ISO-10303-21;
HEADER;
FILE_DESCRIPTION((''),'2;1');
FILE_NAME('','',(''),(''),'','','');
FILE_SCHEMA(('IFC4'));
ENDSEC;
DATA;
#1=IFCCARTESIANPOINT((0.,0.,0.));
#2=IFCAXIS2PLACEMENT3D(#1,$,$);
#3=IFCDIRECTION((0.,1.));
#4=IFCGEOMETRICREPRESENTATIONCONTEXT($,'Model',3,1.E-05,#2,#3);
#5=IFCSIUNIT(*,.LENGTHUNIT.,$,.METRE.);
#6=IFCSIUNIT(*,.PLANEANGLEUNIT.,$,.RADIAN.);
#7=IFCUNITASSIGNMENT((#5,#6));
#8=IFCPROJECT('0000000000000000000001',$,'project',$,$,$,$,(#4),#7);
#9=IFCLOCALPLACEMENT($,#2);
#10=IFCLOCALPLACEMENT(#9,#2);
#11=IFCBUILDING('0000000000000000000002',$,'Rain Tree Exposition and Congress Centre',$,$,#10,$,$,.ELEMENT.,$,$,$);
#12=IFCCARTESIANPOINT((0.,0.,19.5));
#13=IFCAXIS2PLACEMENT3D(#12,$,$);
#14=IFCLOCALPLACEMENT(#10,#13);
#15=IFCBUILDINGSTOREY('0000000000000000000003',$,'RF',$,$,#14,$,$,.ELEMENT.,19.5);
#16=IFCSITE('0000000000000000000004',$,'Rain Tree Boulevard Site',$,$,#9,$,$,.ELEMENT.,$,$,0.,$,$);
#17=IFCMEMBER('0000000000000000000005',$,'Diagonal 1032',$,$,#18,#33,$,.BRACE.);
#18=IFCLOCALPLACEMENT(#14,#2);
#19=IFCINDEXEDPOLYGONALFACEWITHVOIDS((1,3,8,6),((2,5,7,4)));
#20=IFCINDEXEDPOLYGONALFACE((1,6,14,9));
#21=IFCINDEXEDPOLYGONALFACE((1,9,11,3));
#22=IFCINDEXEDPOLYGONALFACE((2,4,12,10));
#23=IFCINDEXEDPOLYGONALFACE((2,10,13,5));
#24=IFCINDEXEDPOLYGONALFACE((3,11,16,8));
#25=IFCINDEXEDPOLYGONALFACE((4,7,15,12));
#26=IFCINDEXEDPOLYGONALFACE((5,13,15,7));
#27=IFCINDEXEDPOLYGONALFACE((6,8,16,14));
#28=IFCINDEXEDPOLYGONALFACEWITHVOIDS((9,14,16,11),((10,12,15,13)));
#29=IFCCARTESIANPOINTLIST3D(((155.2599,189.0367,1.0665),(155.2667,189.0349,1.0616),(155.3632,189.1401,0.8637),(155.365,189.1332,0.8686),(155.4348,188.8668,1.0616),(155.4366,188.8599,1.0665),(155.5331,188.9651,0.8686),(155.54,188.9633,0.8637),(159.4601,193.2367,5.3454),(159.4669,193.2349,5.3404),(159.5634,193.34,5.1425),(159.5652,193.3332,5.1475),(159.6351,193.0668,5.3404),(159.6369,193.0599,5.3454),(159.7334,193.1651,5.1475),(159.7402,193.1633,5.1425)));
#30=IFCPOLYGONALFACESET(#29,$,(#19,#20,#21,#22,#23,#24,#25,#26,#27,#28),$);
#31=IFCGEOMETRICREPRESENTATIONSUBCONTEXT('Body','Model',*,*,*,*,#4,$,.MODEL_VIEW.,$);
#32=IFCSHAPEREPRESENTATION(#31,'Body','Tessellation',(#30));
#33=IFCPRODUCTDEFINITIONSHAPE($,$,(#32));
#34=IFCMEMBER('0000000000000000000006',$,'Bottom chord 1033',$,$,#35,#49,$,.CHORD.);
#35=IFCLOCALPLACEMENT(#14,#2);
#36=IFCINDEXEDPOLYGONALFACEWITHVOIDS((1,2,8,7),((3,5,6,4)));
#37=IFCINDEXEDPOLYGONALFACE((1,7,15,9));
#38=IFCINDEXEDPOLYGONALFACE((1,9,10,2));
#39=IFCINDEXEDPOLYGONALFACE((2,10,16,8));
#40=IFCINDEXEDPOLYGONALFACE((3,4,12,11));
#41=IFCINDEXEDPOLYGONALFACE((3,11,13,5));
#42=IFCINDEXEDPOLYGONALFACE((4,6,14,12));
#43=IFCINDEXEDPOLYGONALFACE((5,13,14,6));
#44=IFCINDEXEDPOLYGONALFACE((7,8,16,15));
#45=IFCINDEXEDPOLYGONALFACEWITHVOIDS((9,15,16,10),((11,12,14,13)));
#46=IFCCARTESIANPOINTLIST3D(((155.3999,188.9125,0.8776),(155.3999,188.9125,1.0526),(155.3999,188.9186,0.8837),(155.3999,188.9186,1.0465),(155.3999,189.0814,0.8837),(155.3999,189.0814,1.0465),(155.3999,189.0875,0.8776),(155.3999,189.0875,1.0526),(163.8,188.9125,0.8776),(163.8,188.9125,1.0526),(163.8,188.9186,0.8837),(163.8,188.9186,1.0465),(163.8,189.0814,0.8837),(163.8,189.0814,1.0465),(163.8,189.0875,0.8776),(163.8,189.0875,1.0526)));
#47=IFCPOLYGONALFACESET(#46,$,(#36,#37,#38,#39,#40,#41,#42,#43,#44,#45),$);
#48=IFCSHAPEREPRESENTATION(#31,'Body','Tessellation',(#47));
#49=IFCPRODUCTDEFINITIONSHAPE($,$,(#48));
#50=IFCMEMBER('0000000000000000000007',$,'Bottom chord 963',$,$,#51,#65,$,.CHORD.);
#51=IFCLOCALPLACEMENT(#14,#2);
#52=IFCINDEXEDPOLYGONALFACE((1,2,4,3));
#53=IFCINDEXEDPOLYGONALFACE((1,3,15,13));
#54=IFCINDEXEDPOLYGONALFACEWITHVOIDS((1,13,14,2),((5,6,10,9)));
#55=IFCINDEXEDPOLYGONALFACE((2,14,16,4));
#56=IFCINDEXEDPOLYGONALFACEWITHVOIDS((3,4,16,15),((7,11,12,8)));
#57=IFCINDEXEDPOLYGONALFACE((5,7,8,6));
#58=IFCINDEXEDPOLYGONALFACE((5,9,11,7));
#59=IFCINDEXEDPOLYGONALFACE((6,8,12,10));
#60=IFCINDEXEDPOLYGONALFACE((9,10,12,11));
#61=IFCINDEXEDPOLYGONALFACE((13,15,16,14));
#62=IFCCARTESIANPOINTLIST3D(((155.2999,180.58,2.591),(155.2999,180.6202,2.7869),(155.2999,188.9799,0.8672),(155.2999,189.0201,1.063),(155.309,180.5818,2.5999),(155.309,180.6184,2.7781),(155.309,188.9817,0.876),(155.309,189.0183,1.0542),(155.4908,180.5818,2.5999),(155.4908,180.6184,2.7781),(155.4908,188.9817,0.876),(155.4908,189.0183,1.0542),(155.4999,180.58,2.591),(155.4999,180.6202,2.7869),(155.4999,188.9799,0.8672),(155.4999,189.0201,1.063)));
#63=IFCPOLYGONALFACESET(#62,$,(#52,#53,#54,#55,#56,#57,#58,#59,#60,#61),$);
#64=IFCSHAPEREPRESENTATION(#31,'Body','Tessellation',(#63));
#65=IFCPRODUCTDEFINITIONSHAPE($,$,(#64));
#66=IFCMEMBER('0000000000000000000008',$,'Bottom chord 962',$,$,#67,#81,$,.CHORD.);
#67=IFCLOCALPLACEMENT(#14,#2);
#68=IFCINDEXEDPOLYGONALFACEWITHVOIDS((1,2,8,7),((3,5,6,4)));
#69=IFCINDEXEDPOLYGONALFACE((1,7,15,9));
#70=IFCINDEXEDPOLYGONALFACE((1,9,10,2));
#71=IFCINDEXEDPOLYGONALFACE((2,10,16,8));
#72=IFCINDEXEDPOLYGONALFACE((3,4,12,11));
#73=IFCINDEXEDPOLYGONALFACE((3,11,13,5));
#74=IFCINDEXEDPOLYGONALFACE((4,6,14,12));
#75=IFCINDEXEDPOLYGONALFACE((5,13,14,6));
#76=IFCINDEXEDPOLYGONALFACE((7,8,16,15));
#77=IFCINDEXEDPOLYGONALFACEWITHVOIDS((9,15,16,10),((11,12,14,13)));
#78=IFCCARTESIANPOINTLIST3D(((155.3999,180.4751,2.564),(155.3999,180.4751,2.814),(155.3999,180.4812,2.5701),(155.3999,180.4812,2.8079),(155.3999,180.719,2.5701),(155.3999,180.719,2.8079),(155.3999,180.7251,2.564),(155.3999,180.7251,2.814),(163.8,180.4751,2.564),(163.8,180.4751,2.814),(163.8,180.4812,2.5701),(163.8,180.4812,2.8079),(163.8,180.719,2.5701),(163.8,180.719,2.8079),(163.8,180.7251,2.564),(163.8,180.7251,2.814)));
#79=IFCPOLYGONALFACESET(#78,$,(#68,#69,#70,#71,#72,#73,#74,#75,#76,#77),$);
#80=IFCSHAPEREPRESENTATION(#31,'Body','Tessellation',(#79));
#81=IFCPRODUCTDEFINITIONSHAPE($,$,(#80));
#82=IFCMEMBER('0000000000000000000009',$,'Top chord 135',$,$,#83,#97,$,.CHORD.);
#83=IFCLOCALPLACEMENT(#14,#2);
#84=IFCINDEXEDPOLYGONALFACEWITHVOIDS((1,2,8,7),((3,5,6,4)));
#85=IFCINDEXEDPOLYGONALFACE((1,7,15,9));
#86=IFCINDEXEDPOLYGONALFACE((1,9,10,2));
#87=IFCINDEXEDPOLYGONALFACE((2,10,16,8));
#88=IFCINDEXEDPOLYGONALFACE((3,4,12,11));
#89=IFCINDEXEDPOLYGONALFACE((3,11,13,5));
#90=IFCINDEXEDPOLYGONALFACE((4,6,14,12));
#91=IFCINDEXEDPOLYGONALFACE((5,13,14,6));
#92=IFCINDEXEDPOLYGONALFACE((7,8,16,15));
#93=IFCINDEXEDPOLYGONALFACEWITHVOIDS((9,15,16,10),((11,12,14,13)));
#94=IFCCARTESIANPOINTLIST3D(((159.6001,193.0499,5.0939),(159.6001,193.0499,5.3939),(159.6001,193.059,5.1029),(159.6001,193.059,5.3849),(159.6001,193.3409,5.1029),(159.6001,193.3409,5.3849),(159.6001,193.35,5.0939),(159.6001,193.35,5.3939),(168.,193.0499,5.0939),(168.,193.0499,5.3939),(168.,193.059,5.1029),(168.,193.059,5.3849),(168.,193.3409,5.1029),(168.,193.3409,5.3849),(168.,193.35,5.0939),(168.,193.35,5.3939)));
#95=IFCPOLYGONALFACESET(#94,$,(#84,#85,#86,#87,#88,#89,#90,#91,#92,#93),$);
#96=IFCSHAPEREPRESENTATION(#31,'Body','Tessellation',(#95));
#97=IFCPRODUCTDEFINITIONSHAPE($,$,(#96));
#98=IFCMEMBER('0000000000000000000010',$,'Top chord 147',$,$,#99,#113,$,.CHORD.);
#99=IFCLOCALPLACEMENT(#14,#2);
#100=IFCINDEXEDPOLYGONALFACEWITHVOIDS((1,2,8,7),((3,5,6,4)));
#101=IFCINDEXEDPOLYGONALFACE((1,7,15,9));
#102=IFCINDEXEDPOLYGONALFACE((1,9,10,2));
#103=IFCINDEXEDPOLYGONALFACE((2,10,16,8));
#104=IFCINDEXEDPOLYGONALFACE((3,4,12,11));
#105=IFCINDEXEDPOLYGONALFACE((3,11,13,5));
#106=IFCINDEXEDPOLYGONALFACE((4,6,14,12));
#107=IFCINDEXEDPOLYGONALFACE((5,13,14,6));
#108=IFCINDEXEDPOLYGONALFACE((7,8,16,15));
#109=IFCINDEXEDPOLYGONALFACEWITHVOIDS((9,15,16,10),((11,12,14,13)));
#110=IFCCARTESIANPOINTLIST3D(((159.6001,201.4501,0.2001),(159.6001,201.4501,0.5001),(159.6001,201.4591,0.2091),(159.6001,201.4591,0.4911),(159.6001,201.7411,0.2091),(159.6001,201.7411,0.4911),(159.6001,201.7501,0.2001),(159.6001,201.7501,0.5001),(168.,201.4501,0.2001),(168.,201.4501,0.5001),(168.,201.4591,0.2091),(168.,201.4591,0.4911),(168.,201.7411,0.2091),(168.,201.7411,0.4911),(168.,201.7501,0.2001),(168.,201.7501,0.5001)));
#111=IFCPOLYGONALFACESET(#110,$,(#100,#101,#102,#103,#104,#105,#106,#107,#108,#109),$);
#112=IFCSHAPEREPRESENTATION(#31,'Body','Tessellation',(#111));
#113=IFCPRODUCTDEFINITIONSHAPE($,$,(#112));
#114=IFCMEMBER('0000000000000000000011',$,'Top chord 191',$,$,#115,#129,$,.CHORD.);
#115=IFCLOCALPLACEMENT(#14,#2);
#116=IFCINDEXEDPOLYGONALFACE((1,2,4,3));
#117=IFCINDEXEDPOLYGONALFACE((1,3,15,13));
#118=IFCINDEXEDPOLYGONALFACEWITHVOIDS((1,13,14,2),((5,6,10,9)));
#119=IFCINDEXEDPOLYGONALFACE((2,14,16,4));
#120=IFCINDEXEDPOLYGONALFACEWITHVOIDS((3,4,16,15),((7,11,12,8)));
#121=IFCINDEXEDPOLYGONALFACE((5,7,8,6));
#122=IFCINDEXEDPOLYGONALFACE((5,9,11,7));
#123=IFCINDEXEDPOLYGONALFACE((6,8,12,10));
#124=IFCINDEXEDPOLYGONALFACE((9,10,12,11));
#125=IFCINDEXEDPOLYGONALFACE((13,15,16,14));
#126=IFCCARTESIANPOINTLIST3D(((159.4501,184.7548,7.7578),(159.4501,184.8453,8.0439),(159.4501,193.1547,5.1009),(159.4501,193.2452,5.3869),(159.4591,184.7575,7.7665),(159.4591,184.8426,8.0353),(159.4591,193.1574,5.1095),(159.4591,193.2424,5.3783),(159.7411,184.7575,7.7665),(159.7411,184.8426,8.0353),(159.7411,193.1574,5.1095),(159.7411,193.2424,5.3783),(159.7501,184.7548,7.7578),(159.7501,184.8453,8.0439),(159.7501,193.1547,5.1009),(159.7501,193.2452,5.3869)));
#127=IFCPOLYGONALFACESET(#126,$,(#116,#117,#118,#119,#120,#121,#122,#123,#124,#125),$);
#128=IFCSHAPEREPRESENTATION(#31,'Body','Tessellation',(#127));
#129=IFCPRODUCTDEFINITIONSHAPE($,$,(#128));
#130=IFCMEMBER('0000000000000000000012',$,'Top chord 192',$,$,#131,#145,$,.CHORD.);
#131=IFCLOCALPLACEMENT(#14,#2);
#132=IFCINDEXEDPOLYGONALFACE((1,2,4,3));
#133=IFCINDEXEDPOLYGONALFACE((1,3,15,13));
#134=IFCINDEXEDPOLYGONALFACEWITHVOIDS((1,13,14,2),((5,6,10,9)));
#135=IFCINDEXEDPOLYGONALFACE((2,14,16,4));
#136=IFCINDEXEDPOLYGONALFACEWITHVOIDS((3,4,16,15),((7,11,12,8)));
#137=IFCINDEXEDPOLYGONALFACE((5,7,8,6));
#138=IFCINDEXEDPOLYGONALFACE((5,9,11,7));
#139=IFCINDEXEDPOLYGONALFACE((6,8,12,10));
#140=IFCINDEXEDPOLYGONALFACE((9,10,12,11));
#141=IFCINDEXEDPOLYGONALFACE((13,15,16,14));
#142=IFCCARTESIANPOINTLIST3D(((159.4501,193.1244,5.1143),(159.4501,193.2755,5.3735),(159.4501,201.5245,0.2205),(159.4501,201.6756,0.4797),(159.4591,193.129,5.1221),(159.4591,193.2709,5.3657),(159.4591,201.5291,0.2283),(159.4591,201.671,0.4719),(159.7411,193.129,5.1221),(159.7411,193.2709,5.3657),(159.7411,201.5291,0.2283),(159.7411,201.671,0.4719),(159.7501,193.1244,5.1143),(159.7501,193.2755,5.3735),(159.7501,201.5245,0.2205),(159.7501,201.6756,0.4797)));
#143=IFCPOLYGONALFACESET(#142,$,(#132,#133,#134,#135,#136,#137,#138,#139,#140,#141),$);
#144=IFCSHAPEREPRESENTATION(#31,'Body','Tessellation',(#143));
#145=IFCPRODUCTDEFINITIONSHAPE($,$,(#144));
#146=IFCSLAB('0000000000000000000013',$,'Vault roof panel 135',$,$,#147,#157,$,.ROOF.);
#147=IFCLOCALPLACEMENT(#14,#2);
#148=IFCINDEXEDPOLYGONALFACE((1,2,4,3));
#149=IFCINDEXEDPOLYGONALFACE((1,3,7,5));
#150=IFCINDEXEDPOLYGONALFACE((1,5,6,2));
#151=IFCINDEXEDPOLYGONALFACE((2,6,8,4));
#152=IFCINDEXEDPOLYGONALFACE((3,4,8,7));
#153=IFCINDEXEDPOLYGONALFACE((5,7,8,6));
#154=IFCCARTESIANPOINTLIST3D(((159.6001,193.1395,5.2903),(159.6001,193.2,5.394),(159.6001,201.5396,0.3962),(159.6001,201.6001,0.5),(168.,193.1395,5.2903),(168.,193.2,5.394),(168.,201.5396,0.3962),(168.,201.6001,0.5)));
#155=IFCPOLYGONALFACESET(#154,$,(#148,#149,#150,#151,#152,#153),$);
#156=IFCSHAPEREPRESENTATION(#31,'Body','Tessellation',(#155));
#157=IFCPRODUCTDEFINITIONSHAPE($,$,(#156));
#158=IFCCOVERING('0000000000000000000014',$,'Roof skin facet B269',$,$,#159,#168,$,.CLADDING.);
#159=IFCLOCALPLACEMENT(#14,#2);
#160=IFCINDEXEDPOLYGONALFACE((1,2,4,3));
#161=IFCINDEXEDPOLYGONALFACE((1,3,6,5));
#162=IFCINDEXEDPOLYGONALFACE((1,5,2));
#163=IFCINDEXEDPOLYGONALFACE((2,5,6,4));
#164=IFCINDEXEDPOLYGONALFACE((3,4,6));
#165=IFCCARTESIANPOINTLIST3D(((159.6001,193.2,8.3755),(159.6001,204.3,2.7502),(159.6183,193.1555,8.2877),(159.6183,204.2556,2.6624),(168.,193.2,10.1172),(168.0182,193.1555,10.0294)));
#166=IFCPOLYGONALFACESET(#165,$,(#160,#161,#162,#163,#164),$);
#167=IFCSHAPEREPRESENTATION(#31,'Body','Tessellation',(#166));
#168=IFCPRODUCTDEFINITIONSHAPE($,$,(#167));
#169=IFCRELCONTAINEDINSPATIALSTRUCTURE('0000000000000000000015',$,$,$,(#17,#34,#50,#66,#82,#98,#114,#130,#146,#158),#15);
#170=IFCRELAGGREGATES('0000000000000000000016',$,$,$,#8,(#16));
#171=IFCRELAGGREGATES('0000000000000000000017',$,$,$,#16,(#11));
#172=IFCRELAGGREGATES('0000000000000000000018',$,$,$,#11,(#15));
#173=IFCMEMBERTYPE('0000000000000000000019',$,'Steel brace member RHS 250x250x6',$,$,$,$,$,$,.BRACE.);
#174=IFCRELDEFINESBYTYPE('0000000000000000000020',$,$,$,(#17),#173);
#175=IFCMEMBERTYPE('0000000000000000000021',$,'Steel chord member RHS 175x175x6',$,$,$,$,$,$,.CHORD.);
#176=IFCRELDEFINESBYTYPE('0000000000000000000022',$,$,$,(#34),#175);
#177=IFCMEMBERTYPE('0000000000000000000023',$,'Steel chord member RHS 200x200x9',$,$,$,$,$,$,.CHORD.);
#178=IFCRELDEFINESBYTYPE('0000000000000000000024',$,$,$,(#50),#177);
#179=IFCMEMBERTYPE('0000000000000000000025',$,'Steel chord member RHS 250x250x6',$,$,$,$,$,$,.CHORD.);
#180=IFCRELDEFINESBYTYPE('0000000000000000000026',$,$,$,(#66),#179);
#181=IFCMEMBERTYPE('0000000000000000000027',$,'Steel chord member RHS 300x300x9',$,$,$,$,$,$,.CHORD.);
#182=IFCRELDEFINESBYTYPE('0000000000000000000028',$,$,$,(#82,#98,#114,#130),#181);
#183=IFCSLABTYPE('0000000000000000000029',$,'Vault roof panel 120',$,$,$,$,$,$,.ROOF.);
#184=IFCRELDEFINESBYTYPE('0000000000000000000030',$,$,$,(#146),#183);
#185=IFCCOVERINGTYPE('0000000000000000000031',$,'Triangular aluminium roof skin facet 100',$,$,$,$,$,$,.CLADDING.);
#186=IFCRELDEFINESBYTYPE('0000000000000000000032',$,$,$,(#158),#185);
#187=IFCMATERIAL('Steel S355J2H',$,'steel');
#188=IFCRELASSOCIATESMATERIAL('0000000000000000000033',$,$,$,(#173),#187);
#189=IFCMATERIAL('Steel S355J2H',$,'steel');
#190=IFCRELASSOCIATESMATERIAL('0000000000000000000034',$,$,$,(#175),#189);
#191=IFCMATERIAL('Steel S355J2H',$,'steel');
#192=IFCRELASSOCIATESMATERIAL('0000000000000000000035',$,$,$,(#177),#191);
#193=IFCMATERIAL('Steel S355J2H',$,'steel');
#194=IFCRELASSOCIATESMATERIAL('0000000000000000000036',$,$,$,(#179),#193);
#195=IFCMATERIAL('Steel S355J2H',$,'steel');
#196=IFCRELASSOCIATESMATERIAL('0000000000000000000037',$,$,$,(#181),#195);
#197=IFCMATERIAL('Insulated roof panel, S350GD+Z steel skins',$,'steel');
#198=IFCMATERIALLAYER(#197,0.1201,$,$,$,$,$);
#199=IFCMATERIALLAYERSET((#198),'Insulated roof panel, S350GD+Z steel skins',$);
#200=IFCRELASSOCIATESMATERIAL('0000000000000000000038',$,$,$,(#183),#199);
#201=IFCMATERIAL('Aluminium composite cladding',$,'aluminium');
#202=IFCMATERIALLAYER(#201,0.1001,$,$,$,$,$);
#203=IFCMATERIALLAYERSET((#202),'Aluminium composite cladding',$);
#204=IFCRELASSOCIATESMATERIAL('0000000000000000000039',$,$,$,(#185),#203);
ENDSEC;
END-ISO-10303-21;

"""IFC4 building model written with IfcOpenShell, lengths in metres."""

from ifc_helpers import new_model, si_unit, direction, frame, origin, origin_2d, place, context, subcontext, project, spatial, polyline, hollow_rectangle, outline, extrude, material, layer, layer_set, material_profile, profile_set, type_object, element, save


model = new_model("IFC4")

# Units and contexts
model_context = context("Model", 3, precision=1e-05, world=origin(), true_north=direction((0.0, 1.0)))
body_context = subcontext(model_context, "Body", "Model", "MODEL_VIEW")
ifc_project = project(units=[si_unit("LENGTHUNIT", "METRE"), si_unit("PLANEANGLEUNIT", "RADIAN")], contexts=[model_context])

# Site, building, storey
site_placement = place(None, origin())
site = spatial("IfcSite", under=ifc_project, at=site_placement, Name="Rain Tree Boulevard Site", CompositionType="ELEMENT", RefElevation=0.0)
building_placement = place(site_placement, origin())
building = spatial("IfcBuilding", under=site, at=building_placement, Name="Rain Tree Exposition and Congress Centre", CompositionType="ELEMENT")
storey_placement = place(building_placement, frame((0.0, 0.0, 19.5)))
storey = spatial("IfcBuildingStorey", under=building, at=storey_placement, Name="RF", CompositionType="ELEMENT", Elevation=19.5)

# Members
ifc_material_1 = material(Name="Steel S355J2H", Category="steel")
ifc_material_profile_1 = material_profile(ifc_material_1, hollow_rectangle(XDim=0.25, YDim=0.25, WallThickness=0.0061, at=origin_2d()), Name="RHS 250x250x6")
ifc_profile_set_1 = profile_set([ifc_material_profile_1], Name="Steel S355J2H")
member_type_1 = type_object("IfcMemberType", Name="Steel brace member RHS 250x250x6", PredefinedType="BRACE", material=ifc_profile_set_1)
member_1_placement = place(storey_placement, frame((155.3999, 189.0, 0.9651), z_axis=(0.57376, 0.573726, 0.584498), x_axis=(-0.707086, 0.707127, 0.0)))
element("IfcMember", 1, at=member_1_placement, inside=storey, type_object=member_type_1, Name="Diagonal 1032", PredefinedType="BRACE", context=body_context, shape_type="SweptSolid", body=[
    extrude(hollow_rectangle(XDim=0.25, YDim=0.25, WallThickness=0.0061, at=origin_2d()), origin(), (0.0, 0.0, 1.0), 7.3206),
])
ifc_material_2 = material(Name="Steel S355J2H", Category="steel")
ifc_material_profile_2 = material_profile(ifc_material_2, hollow_rectangle(XDim=0.175, YDim=0.175, WallThickness=0.0061, at=origin_2d()), Name="RHS 175x175x6")
ifc_profile_set_2 = profile_set([ifc_material_profile_2], Name="Steel S355J2H")
member_type_2 = type_object("IfcMemberType", Name="Steel chord member RHS 175x175x6", PredefinedType="CHORD", material=ifc_profile_set_2)
member_2_placement = place(storey_placement, frame((155.3999, 189.0, 0.9651), z_axis=(1.0, 0.0, 0.0), x_axis=(0.0, 1.0, 0.0)))
element("IfcMember", 2, at=member_2_placement, inside=storey, type_object=member_type_2, Name="Bottom chord 1033", PredefinedType="CHORD", context=body_context, shape_type="SweptSolid", body=[
    extrude(hollow_rectangle(XDim=0.175, YDim=0.175, WallThickness=0.0061, at=origin_2d()), origin(), (0.0, 0.0, 1.0), 8.4001),
])
ifc_material_3 = material(Name="Steel S355J2H", Category="steel")
ifc_material_profile_3 = material_profile(ifc_material_3, hollow_rectangle(XDim=0.2, YDim=0.2, WallThickness=0.009, at=origin_2d()), Name="RHS 200x200x9")
ifc_profile_set_3 = profile_set([ifc_material_profile_3], Name="Steel S355J2H")
member_type_3 = type_object("IfcMemberType", Name="Steel chord member RHS 200x200x9", PredefinedType="CHORD", material=ifc_profile_set_3)
member_3_placement = place(storey_placement, frame((155.3999, 180.6001, 2.689), z_axis=(0.0, 0.979584, -0.201036), x_axis=(-1.0, 0.0, 0.0)))
element("IfcMember", 3, at=member_3_placement, inside=storey, type_object=member_type_3, Name="Bottom chord 963", PredefinedType="CHORD", context=body_context, shape_type="SweptSolid", body=[
    extrude(hollow_rectangle(XDim=0.2, YDim=0.2, WallThickness=0.009, at=origin_2d()), origin(), (0.0, 0.0, 1.0), 8.575),
])
ifc_material_4 = material(Name="Steel S355J2H", Category="steel")
ifc_material_profile_4 = material_profile(ifc_material_4, hollow_rectangle(XDim=0.25, YDim=0.25, WallThickness=0.0061, at=origin_2d()), Name="RHS 250x250x6")
ifc_profile_set_4 = profile_set([ifc_material_profile_4], Name="Steel S355J2H")
member_type_4 = type_object("IfcMemberType", Name="Steel chord member RHS 250x250x6", PredefinedType="CHORD", material=ifc_profile_set_4)
member_4_placement = place(storey_placement, frame((155.3999, 180.6001, 2.689), z_axis=(1.0, 0.0, 0.0), x_axis=(0.0, 1.0, 0.0)))
element("IfcMember", 4, at=member_4_placement, inside=storey, type_object=member_type_4, Name="Bottom chord 962", PredefinedType="CHORD", context=body_context, shape_type="SweptSolid", body=[
    extrude(hollow_rectangle(XDim=0.25, YDim=0.25, WallThickness=0.0061, at=origin_2d()), origin(), (0.0, 0.0, 1.0), 8.4001),
])
ifc_material_5 = material(Name="Steel S355J2H", Category="steel")
ifc_material_profile_5 = material_profile(ifc_material_5, hollow_rectangle(XDim=0.3, YDim=0.3, WallThickness=0.009, at=origin_2d()), Name="RHS 300x300x9")
ifc_profile_set_5 = profile_set([ifc_material_profile_5], Name="Steel S355J2H")
member_type_5 = type_object("IfcMemberType", Name="Steel chord member RHS 300x300x9", PredefinedType="CHORD", material=ifc_profile_set_5)
for number, where, z_axis, x_axis, name in (
    (5, (159.6001, 193.2, 5.2439), (1.0, 0.0, 0.0), (0.0, 1.0, 0.0), "Top chord 135"),
    (6, (159.6001, 201.6001, 0.3501), (1.0, 0.0, 0.0), (0.0, 1.0, 0.0), "Top chord 147"),
):
    element("IfcMember", number, at=place(storey_placement, frame(where, z_axis=z_axis, x_axis=x_axis)), inside=storey, type_object=member_type_5, Name=name, PredefinedType="CHORD", context=body_context, shape_type="SweptSolid", body=[
        extrude(hollow_rectangle(XDim=0.3, YDim=0.3, WallThickness=0.009, at=origin_2d()), origin(), (0.0, 0.0, 1.0), 8.3999),
    ])
member_5_placement = place(storey_placement, frame((159.6001, 184.8, 7.9009), z_axis=(0.0, 0.95344, -0.301584), x_axis=(-1.0, 0.0, 0.0)))
element("IfcMember", 7, at=member_5_placement, inside=storey, type_object=member_type_5, Name="Top chord 191", PredefinedType="CHORD", context=body_context, shape_type="SweptSolid", body=[
    extrude(hollow_rectangle(XDim=0.3, YDim=0.3, WallThickness=0.009, at=origin_2d()), origin(), (0.0, 0.0, 1.0), 8.8101),
])
member_6_placement = place(storey_placement, frame((159.6001, 193.2, 5.2439), z_axis=(0.0, 0.86406, -0.503388), x_axis=(-1.0, 0.0, 0.0)))
element("IfcMember", 8, at=member_6_placement, inside=storey, type_object=member_type_5, Name="Top chord 192", PredefinedType="CHORD", context=body_context, shape_type="SweptSolid", body=[
    extrude(hollow_rectangle(XDim=0.3, YDim=0.3, WallThickness=0.009, at=origin_2d()), origin(), (0.0, 0.0, 1.0), 9.7217),
])

# Slab
ifc_material_6 = material(Name="Insulated roof panel, S350GD+Z steel skins", Category="steel")
ifc_layer_1 = layer(ifc_material_6, 0.1201)
ifc_layer_set_1 = layer_set([ifc_layer_1], Name="Insulated roof panel, S350GD+Z steel skins")
slab_type = type_object("IfcSlabType", Name="Vault roof panel 120", PredefinedType="ROOF", material=ifc_layer_set_1)
slab_placement = place(storey_placement, frame((159.6001, 193.2, 5.394), z_axis=(0.0, 0.503407, 0.864049), x_axis=(1.0, 0.0, 0.0)))
element("IfcSlab", 9, at=slab_placement, inside=storey, type_object=slab_type, Name="Vault roof panel 135", PredefinedType="ROOF", context=body_context, shape_type="SweptSolid", body=[
    extrude(outline(polyline([(0.0, 0.0), (8.3999, 0.0), (8.3999, 9.7218), (0.0, 9.7218), (0.0, 0.0)])), origin(), (0.0, 0.0, -1.0), 0.1201),
])

# Covering
ifc_material_7 = material(Name="Aluminium composite cladding", Category="aluminium")
ifc_layer_2 = layer(ifc_material_7, 0.1001)
ifc_layer_set_2 = layer_set([ifc_layer_2], Name="Aluminium composite cladding")
covering_type = type_object("IfcCoveringType", Name="Triangular aluminium roof skin facet 100", PredefinedType="CLADDING", material=ifc_layer_set_2)
covering_placement = place(storey_placement, frame((159.6001, 193.2, 8.3755), z_axis=(-0.181869, 0.444502, 0.877121), x_axis=(0.979173, 0.0, 0.203029)))
element("IfcCovering", 10, at=covering_placement, inside=storey, type_object=covering_type, Name="Roof skin facet B269", PredefinedType="CLADDING", context=body_context, shape_type="SweptSolid", body=[
    extrude(outline(polyline([(0.0, 0.0), (8.5786, 0.0), (-1.1421, 12.3916), (0.0, 0.0)])), origin(), (0.0, 0.0, -1.0), 0.1001),
])

save(model, "model.ifc")
